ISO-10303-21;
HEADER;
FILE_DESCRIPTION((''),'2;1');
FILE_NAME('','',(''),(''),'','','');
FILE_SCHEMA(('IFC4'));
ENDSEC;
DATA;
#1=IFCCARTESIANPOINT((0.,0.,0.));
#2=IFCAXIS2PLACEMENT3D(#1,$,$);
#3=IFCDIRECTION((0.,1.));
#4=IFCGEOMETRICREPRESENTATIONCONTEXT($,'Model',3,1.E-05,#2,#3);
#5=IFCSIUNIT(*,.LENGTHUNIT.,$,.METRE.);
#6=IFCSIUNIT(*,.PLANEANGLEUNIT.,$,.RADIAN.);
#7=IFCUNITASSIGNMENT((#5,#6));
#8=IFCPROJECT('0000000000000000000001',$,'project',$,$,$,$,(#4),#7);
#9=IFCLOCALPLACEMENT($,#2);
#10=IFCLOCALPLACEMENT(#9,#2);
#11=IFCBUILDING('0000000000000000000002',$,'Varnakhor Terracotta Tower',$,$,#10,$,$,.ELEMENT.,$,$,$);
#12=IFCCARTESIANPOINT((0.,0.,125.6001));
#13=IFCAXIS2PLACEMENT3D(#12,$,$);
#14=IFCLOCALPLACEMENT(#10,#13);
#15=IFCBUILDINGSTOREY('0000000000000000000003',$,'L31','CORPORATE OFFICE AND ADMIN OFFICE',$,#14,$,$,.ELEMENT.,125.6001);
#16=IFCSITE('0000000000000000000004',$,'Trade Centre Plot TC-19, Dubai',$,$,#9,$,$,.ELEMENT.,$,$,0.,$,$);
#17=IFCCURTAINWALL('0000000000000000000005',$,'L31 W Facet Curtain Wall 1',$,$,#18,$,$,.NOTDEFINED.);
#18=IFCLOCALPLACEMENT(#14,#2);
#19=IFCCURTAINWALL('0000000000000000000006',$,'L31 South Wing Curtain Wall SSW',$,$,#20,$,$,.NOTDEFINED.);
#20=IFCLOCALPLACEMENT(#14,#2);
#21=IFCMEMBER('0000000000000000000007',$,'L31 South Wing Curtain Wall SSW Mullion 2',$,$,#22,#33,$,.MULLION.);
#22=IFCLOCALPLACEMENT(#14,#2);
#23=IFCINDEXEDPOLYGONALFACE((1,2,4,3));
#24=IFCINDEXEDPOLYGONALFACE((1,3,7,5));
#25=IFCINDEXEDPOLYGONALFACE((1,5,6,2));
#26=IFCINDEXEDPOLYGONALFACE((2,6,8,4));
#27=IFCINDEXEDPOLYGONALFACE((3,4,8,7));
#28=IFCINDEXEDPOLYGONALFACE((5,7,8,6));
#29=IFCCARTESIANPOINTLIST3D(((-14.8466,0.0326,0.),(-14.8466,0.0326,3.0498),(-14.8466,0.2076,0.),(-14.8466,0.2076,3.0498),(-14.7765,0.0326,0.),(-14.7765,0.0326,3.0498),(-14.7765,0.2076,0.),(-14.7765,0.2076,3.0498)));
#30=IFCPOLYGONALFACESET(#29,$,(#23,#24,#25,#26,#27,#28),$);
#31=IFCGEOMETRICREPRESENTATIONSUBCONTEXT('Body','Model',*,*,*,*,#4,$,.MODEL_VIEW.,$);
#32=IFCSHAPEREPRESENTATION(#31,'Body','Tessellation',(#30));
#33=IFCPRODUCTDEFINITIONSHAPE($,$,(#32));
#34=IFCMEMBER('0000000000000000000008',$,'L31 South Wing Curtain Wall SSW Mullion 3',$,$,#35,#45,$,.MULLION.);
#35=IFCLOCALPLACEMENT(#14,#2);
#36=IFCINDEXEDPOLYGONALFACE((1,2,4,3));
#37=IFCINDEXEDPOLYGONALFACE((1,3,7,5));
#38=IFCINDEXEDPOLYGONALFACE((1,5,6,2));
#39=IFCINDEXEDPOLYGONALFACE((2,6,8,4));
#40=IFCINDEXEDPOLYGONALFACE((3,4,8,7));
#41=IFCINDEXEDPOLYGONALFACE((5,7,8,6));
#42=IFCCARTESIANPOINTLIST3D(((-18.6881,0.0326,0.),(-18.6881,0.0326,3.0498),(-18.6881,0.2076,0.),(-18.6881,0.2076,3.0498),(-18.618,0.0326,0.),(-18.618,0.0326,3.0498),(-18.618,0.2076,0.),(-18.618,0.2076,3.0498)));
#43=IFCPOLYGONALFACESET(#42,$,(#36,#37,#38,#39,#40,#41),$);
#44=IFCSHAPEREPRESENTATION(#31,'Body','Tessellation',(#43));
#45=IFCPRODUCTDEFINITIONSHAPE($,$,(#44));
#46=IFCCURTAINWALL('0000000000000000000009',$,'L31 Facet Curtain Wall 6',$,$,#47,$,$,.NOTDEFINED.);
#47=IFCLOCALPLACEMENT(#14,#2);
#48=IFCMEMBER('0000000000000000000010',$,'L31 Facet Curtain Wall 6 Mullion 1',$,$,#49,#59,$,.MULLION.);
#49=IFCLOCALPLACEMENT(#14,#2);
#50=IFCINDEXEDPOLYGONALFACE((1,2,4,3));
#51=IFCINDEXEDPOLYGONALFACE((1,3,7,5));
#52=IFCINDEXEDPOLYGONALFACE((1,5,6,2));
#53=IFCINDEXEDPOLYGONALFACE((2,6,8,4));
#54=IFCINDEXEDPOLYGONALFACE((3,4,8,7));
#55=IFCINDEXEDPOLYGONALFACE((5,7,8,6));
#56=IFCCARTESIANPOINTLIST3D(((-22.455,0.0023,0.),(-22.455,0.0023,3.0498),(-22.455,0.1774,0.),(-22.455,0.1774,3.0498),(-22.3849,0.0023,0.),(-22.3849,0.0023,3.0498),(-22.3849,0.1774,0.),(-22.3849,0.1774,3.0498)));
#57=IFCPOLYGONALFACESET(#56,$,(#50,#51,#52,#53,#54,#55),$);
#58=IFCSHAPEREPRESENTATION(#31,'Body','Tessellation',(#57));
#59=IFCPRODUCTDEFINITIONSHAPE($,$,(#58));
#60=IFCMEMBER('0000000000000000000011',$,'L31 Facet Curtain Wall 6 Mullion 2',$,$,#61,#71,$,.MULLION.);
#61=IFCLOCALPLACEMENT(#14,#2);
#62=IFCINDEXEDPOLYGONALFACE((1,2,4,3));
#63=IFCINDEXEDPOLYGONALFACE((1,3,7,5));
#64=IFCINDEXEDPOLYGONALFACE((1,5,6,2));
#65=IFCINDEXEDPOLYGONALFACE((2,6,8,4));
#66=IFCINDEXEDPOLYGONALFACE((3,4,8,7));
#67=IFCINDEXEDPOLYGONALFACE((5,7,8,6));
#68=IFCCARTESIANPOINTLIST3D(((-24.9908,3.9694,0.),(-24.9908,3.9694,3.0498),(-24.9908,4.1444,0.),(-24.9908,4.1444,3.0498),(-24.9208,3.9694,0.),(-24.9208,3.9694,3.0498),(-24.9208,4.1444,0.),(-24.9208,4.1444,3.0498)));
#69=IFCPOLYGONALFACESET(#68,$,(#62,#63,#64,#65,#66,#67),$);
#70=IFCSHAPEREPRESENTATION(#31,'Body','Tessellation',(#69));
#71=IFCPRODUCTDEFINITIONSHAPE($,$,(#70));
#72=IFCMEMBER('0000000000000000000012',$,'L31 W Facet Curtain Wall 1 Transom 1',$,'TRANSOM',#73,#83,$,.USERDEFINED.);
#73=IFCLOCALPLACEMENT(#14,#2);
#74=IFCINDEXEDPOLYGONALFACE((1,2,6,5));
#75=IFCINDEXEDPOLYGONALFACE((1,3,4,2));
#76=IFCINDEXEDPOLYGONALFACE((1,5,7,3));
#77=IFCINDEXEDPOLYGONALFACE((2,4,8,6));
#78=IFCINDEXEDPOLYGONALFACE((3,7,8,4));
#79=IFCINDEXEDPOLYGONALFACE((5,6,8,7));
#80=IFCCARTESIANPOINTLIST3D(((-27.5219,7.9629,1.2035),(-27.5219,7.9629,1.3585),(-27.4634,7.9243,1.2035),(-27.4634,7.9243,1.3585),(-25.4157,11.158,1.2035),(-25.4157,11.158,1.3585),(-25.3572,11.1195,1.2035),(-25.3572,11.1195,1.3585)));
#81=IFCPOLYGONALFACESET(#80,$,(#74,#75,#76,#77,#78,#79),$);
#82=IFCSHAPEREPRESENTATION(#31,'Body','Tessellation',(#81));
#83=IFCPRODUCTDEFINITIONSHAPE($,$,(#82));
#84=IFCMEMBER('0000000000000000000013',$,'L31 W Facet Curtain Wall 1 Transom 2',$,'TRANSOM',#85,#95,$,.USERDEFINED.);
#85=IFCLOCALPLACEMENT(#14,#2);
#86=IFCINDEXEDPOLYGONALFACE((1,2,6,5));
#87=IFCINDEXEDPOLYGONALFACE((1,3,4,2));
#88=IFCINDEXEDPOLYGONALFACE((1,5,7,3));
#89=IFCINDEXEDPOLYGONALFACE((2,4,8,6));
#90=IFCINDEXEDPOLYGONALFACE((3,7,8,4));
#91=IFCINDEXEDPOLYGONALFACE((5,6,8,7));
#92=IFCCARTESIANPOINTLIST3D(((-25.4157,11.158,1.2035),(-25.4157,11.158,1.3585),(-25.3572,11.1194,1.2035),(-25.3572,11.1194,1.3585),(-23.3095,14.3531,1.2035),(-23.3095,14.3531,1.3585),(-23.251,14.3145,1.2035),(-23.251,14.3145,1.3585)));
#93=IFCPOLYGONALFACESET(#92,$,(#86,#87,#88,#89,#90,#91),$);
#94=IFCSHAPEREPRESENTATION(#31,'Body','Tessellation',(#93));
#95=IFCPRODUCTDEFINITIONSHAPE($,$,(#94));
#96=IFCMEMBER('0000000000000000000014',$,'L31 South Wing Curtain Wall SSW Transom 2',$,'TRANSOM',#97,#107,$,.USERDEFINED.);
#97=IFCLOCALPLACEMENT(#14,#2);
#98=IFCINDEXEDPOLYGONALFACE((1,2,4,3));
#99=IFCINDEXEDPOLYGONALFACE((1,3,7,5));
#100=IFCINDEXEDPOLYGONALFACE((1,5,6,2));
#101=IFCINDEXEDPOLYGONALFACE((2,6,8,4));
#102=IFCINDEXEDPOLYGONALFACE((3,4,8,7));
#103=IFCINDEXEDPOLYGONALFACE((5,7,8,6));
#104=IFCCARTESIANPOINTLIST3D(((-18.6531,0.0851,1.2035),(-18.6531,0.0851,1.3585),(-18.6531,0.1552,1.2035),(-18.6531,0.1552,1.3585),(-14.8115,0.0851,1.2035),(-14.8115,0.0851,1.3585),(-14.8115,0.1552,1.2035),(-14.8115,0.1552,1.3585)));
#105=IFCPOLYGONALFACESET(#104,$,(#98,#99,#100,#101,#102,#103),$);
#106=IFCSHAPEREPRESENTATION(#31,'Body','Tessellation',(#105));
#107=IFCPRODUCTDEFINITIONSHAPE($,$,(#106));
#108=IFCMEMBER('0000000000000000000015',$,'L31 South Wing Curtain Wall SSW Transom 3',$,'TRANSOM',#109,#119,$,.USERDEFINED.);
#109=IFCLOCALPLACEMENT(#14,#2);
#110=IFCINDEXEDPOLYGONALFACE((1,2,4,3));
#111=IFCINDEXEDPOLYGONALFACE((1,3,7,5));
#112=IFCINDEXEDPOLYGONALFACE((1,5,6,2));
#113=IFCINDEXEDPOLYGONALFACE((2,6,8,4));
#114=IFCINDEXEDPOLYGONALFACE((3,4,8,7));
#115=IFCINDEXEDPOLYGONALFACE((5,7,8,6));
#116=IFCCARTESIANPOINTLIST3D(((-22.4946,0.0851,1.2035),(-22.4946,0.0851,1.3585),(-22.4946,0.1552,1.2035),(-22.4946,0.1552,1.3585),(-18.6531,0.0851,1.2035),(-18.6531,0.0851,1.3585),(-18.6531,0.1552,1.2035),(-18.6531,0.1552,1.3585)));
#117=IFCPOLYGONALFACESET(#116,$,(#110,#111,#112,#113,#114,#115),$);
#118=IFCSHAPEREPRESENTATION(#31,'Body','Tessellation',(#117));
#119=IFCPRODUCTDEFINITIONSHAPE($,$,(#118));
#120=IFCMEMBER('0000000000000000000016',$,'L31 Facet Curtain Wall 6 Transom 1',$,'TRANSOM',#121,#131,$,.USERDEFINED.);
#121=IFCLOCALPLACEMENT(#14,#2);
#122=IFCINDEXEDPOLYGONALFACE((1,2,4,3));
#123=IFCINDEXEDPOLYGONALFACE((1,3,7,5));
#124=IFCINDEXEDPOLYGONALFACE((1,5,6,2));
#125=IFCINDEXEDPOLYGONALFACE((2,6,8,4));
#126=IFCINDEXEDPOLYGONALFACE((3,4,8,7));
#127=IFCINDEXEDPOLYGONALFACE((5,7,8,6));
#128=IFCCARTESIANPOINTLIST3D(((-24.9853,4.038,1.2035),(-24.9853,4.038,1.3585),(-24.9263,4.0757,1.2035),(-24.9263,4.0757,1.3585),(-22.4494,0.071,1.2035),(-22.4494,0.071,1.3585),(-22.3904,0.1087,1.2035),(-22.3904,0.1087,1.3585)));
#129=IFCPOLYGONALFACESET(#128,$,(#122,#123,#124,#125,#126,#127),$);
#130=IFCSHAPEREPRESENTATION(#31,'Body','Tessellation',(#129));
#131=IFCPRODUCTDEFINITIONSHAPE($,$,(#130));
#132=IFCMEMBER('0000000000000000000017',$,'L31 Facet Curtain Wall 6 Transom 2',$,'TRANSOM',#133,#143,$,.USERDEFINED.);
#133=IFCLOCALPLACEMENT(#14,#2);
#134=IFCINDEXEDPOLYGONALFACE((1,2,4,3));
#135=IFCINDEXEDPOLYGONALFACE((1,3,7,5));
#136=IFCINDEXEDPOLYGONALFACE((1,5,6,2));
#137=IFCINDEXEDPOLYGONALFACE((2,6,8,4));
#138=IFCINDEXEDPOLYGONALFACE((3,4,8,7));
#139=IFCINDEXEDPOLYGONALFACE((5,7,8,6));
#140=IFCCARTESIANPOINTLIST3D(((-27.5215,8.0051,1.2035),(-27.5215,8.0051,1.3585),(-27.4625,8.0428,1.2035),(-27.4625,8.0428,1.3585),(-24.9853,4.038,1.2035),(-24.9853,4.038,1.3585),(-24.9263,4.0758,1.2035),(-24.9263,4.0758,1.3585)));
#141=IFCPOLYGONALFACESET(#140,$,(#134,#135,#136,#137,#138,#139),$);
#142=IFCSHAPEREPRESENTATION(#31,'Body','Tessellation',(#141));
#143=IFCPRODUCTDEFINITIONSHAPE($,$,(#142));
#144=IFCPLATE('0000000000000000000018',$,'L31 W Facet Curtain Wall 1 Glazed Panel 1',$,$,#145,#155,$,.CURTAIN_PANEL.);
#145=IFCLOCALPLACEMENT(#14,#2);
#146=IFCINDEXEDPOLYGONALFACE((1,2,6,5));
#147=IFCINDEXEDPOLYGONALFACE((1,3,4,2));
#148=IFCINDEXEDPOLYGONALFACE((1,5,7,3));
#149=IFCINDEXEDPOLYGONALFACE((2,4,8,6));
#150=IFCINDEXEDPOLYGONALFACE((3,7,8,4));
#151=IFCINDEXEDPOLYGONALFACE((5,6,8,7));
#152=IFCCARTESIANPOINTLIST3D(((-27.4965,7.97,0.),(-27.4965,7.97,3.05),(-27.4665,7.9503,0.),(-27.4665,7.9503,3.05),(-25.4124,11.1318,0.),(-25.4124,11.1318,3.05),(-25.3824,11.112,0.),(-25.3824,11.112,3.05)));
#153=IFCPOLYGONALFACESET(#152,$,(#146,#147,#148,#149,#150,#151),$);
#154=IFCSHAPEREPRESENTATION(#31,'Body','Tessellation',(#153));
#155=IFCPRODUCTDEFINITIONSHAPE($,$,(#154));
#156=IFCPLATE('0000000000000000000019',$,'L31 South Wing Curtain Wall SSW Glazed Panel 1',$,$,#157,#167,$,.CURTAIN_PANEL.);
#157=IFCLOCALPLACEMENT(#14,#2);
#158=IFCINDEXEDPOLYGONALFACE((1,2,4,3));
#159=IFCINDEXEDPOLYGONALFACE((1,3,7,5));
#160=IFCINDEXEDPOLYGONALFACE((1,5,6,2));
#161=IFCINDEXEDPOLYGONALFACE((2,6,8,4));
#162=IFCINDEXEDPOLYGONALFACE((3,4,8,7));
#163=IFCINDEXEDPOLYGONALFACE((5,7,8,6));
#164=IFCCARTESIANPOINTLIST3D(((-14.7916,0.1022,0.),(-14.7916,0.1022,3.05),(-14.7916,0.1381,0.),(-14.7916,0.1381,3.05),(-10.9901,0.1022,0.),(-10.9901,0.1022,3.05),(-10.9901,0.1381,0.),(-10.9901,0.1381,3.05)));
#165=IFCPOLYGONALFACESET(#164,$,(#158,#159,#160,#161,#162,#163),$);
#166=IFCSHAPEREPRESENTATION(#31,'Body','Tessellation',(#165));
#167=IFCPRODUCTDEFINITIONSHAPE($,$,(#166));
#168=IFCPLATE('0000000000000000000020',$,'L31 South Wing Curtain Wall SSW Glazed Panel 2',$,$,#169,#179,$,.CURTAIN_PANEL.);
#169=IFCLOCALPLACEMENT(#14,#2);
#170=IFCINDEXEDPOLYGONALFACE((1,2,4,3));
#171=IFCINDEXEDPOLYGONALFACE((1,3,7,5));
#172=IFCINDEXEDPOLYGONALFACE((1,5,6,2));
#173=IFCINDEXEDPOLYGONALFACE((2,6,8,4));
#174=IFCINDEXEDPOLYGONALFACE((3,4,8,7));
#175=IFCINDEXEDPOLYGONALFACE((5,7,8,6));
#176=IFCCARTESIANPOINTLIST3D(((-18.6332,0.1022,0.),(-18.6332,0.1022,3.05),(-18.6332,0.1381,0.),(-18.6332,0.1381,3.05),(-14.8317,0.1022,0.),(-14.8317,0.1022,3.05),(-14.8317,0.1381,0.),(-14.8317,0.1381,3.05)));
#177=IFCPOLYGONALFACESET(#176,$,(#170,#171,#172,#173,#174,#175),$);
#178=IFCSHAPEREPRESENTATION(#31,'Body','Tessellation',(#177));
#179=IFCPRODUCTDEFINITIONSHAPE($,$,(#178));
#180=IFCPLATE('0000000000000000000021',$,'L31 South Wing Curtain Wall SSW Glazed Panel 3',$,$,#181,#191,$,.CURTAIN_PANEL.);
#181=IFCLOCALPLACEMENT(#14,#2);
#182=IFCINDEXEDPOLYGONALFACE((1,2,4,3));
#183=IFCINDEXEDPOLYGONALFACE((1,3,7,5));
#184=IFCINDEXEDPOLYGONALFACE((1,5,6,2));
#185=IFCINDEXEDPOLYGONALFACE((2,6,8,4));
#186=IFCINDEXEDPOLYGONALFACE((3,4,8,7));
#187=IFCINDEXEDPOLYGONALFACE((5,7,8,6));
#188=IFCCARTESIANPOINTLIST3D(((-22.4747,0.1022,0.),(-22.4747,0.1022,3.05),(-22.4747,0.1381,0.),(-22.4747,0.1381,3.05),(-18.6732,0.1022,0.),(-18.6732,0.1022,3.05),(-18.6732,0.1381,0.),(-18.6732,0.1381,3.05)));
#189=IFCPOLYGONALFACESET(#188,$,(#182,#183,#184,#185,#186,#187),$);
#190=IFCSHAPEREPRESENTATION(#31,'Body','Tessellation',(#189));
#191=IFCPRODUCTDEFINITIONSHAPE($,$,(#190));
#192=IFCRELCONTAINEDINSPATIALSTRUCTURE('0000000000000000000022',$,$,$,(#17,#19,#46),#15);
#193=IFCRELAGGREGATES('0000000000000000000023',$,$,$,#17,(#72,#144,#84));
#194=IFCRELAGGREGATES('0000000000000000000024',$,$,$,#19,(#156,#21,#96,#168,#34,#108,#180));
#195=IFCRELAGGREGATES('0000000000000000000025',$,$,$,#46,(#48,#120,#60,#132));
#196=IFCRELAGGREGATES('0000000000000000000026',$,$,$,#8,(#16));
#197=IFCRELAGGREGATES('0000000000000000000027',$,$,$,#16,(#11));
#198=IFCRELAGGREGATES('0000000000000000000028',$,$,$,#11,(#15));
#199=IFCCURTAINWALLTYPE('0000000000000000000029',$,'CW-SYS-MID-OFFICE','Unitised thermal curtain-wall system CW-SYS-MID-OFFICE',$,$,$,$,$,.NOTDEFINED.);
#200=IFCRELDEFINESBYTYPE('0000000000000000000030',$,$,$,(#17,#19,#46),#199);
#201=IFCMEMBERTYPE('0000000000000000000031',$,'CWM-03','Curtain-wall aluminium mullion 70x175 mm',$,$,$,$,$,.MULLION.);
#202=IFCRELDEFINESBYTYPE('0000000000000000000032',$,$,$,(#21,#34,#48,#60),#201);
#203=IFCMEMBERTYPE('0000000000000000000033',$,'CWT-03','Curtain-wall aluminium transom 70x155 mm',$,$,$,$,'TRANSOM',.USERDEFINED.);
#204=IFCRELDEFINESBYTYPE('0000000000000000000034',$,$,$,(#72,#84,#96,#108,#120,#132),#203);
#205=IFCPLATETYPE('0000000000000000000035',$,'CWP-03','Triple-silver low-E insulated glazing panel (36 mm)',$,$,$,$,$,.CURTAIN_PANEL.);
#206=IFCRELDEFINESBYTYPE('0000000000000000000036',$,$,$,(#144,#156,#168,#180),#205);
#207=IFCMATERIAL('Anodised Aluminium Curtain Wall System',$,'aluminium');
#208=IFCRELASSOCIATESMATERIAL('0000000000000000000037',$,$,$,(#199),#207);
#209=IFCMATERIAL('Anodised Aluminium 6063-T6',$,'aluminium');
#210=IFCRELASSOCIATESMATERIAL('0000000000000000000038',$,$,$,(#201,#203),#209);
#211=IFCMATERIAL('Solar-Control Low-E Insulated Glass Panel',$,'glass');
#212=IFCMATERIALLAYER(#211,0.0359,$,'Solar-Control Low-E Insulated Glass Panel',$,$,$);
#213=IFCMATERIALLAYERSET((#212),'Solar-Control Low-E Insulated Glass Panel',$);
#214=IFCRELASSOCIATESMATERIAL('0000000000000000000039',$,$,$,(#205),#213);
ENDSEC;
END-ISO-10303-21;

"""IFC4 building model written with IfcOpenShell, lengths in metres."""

from ifc_helpers import new_model, si_unit, direction, frame, origin, origin_2d, place, context, subcontext, project, spatial, rectangle, extrude, source, transform, mapped, material, layer, layer_set, material_profile, profile_set, type_object, type_shapes, element, aggregate, save


model = new_model("IFC4")

# Units and contexts
model_context = context("Model", 3, precision=1e-05, world=origin(), true_north=direction((0.0, 1.0)))
body_context = subcontext(model_context, "Body", "Model", "MODEL_VIEW")
ifc_project = project(units=[si_unit("LENGTHUNIT", "METRE"), si_unit("PLANEANGLEUNIT", "RADIAN")], contexts=[model_context])

# Site, building, storey
site_placement = place(None, origin())
site = spatial("IfcSite", under=ifc_project, at=site_placement, Name="Trade Centre Plot TC-19, Dubai", CompositionType="ELEMENT", RefElevation=0.0)
building_placement = place(site_placement, origin())
building = spatial("IfcBuilding", under=site, at=building_placement, Name="Varnakhor Terracotta Tower", CompositionType="ELEMENT")
storey_placement = place(building_placement, frame((0.0, 0.0, 125.6001)))
storey = spatial("IfcBuildingStorey", under=building, at=storey_placement, Name="L31", Description="CORPORATE OFFICE AND ADMIN OFFICE", CompositionType="ELEMENT", Elevation=125.6001)

# Curtain walls, members
ifc_material_1 = material(Name="Anodised Aluminium Curtain Wall System", Category="aluminium")
curtain_wall_type = type_object("IfcCurtainWallType", Name="CW-SYS-MID-OFFICE", Description="Unitised thermal curtain-wall system CW-SYS-MID-OFFICE", PredefinedType="NOTDEFINED", material=ifc_material_1)
curtain_wall_1_placement = place(storey_placement, origin())
curtain_wall_1 = element("IfcCurtainWall", 1, at=curtain_wall_1_placement, inside=storey, type_object=curtain_wall_type, Name="L31 W Facet Curtain Wall 1", PredefinedType="NOTDEFINED")
ifc_material_2 = material(Name="Anodised Aluminium 6063-T6", Category="aluminium")
ifc_material_profile_1 = material_profile(ifc_material_2, rectangle(XDim=0.0701, YDim=0.175, at=origin_2d()), Name="ALU MULLION 70x175")
ifc_profile_set_1 = profile_set([ifc_material_profile_1], Name="Anodised Aluminium 6063-T6")
member_type_1 = type_object("IfcMemberType", Name="CWM-03", Description="Curtain-wall aluminium mullion 70x175 mm", PredefinedType="MULLION", material=ifc_profile_set_1)
shared_shape_1 = source(origin(), body_context, "Body", "SweptSolid", [
    extrude(rectangle(XDim=0.0701, YDim=0.175, at=origin_2d()), origin(), (0.0, 0.0, 1.0), 3.0498),
])
type_shapes(member_type_1, [shared_shape_1])
curtain_wall_2_placement = place(storey_placement, origin())
curtain_wall_2 = element("IfcCurtainWall", 2, at=curtain_wall_2_placement, inside=storey, type_object=curtain_wall_type, Name="L31 South Wing Curtain Wall SSW", PredefinedType="NOTDEFINED")
member_1_placement = place(storey_placement, frame((-14.8115, 0.1201, 0.0), z_axis=(0.0, 0.0, 1.0), x_axis=(1.0, 0.0, 0.0)))
member_1 = element("IfcMember", 3, at=member_1_placement, type_object=member_type_1, Name="L31 South Wing Curtain Wall SSW Mullion 2", PredefinedType="MULLION", context=body_context, shape_type="MappedRepresentation", body=[
    mapped(shared_shape_1, transform((0.0, 0.0, 0.0), scale=1.0)),
])
member_2_placement = place(storey_placement, frame((-18.6531, 0.1201, 0.0), z_axis=(0.0, 0.0, 1.0), x_axis=(1.0, 0.0, 0.0)))
member_2 = element("IfcMember", 4, at=member_2_placement, type_object=member_type_1, Name="L31 South Wing Curtain Wall SSW Mullion 3", PredefinedType="MULLION", context=body_context, shape_type="MappedRepresentation", body=[
    mapped(shared_shape_1, transform((0.0, 0.0, 0.0), scale=1.0)),
])
curtain_wall_3_placement = place(storey_placement, origin())
curtain_wall_3 = element("IfcCurtainWall", 5, at=curtain_wall_3_placement, inside=storey, type_object=curtain_wall_type, Name="L31 Facet Curtain Wall 6", PredefinedType="NOTDEFINED")
member_3_placement = place(storey_placement, frame((-22.4199, 0.0898, 0.0), z_axis=(0.0, 0.0, 1.0), x_axis=(1.0, 0.0, 0.0)))
member_3 = element("IfcMember", 6, at=member_3_placement, type_object=member_type_1, Name="L31 Facet Curtain Wall 6 Mullion 1", PredefinedType="MULLION", context=body_context, shape_type="MappedRepresentation", body=[
    mapped(shared_shape_1, transform((0.0, 0.0, 0.0), scale=1.0)),
])
member_4_placement = place(storey_placement, frame((-24.9558, 4.0569, 0.0), z_axis=(0.0, 0.0, 1.0), x_axis=(1.0, 0.0, 0.0)))
member_4 = element("IfcMember", 7, at=member_4_placement, type_object=member_type_1, Name="L31 Facet Curtain Wall 6 Mullion 2", PredefinedType="MULLION", context=body_context, shape_type="MappedRepresentation", body=[
    mapped(shared_shape_1, transform((0.0, 0.0, 0.0), scale=1.0)),
])

# Members
ifc_material_profile_2 = material_profile(ifc_material_2, rectangle(XDim=0.0701, YDim=0.155, at=origin_2d()), Name="ALU TRANSOM 70x155")
ifc_profile_set_2 = profile_set([ifc_material_profile_2], Name="Anodised Aluminium 6063-T6")
member_type_2 = type_object("IfcMemberType", Name="CWT-03", Description="Curtain-wall aluminium transom 70x155 mm", ElementType="TRANSOM", PredefinedType="USERDEFINED", material=ifc_profile_set_2)
shared_shape_2 = source(origin(), body_context, "Body", "SweptSolid", [
    extrude(rectangle(XDim=0.0701, YDim=0.155, at=origin_2d()), origin(), (0.0, 0.0, 1.0), 3.8269),
])
type_shapes(member_type_2, [shared_shape_2])
member_5_placement = place(storey_placement, frame((-27.4927, 7.9436, 1.281), z_axis=(0.550379, 0.834915, 0.0), x_axis=(-0.834915, 0.550379, 0.0)))
member_5 = element("IfcMember", 8, at=member_5_placement, type_object=member_type_2, Name="L31 W Facet Curtain Wall 1 Transom 1", ObjectType="TRANSOM", PredefinedType="USERDEFINED", context=body_context, shape_type="MappedRepresentation", body=[
    mapped(shared_shape_2, transform((0.0, 0.0, 0.0), scale=1.0)),
])
member_6_placement = place(storey_placement, frame((-25.3865, 11.1387, 1.281), z_axis=(0.550379, 0.834915, 0.0), x_axis=(-0.834915, 0.550379, 0.0)))
member_6 = element("IfcMember", 9, at=member_6_placement, type_object=member_type_2, Name="L31 W Facet Curtain Wall 1 Transom 2", ObjectType="TRANSOM", PredefinedType="USERDEFINED", context=body_context, shape_type="MappedRepresentation", body=[
    mapped(shared_shape_2, transform((0.0, 0.0, 0.0), scale=1.0)),
])
shared_shape_3 = source(origin(), body_context, "Body", "SweptSolid", [
    extrude(rectangle(XDim=0.0701, YDim=0.155, at=origin_2d()), origin(), (0.0, 0.0, 1.0), 3.8416),
])
member_7_placement = place(storey_placement, frame((-14.8115, 0.1201, 1.281), z_axis=(-1.0, 0.0, 0.0), x_axis=(0.0, -1.0, 0.0)))
member_7 = element("IfcMember", 10, at=member_7_placement, type_object=member_type_2, Name="L31 South Wing Curtain Wall SSW Transom 2", ObjectType="TRANSOM", PredefinedType="USERDEFINED", context=body_context, shape_type="MappedRepresentation", body=[
    mapped(shared_shape_3, transform((0.0, 0.0, 0.0), scale=1.0)),
])
member_8_placement = place(storey_placement, frame((-18.6531, 0.1201, 1.281), z_axis=(-1.0, 0.0, 0.0), x_axis=(0.0, -1.0, 0.0)))
member_8 = element("IfcMember", 11, at=member_8_placement, type_object=member_type_2, Name="L31 South Wing Curtain Wall SSW Transom 3", ObjectType="TRANSOM", PredefinedType="USERDEFINED", context=body_context, shape_type="MappedRepresentation", body=[
    mapped(shared_shape_3, transform((0.0, 0.0, 0.0), scale=1.0)),
])
shared_shape_4 = source(origin(), body_context, "Body", "SweptSolid", [
    extrude(rectangle(XDim=0.0701, YDim=0.155, at=origin_2d()), origin(), (0.0, 0.0, 1.0), 4.7083),
])
member_9_placement = place(storey_placement, frame((-22.4199, 0.0898, 1.281), z_axis=(-0.538599, 0.842562, 0.0), x_axis=(-0.842562, -0.538599, 0.0)))
member_9 = element("IfcMember", 12, at=member_9_placement, type_object=member_type_2, Name="L31 Facet Curtain Wall 6 Transom 1", ObjectType="TRANSOM", PredefinedType="USERDEFINED", context=body_context, shape_type="MappedRepresentation", body=[
    mapped(shared_shape_4, transform((0.0, 0.0, 0.0), scale=1.0)),
])
shared_shape_5 = source(origin(), body_context, "Body", "SweptSolid", [
    extrude(rectangle(XDim=0.0701, YDim=0.155, at=origin_2d()), origin(), (0.0, 0.0, 1.0), 4.7085),
])
member_10_placement = place(storey_placement, frame((-24.9558, 4.0569, 1.281), z_axis=(-0.538636, 0.842539, 0.0), x_axis=(-0.842539, -0.538636, 0.0)))
member_10 = element("IfcMember", 13, at=member_10_placement, type_object=member_type_2, Name="L31 Facet Curtain Wall 6 Transom 2", ObjectType="TRANSOM", PredefinedType="USERDEFINED", context=body_context, shape_type="MappedRepresentation", body=[
    mapped(shared_shape_5, transform((0.0, 0.0, 0.0), scale=1.0)),
])

# Plates
ifc_material_3 = material(Name="Solar-Control Low-E Insulated Glass Panel", Category="glass")
ifc_layer_1 = layer(ifc_material_3, 0.0359, Name="Solar-Control Low-E Insulated Glass Panel")
ifc_layer_set_1 = layer_set([ifc_layer_1], Name="Solar-Control Low-E Insulated Glass Panel")
plate_type = type_object("IfcPlateType", Name="CWP-03", Description="Triple-silver low-E insulated glazing panel (36 mm)", PredefinedType="CURTAIN_PANEL", material=ifc_layer_set_1)
shared_shape_6 = source(origin(), body_context, "Body", "SweptSolid", [
    extrude(rectangle(XDim=3.7869, YDim=0.0359, at=origin_2d()), origin(), (0.0, 0.0, 1.0), 3.05),
])
type_shapes(plate_type, [shared_shape_6])
plate_1_placement = place(storey_placement, frame((-26.4395, 9.541, 0.0), z_axis=(0.0, 0.0, 1.0), x_axis=(0.550364, 0.834925, 0.0)))
plate_1 = element("IfcPlate", 14, at=plate_1_placement, type_object=plate_type, Name="L31 W Facet Curtain Wall 1 Glazed Panel 1", PredefinedType="CURTAIN_PANEL", context=body_context, shape_type="MappedRepresentation", body=[
    mapped(shared_shape_6, transform((0.0, 0.0, 0.0), scale=1.0)),
])
aggregate(curtain_wall_1, [member_5, plate_1, member_6])
shared_shape_7 = source(origin(), body_context, "Body", "SweptSolid", [
    extrude(rectangle(XDim=3.8015, YDim=0.0359, at=origin_2d()), origin(), (0.0, 0.0, 1.0), 3.05),
])
plate_2_placement = place(storey_placement, frame((-12.8909, 0.1201, 0.0), z_axis=(0.0, 0.0, 1.0), x_axis=(-1.0, 0.0, 0.0)))
plate_2 = element("IfcPlate", 15, at=plate_2_placement, type_object=plate_type, Name="L31 South Wing Curtain Wall SSW Glazed Panel 1", PredefinedType="CURTAIN_PANEL", context=body_context, shape_type="MappedRepresentation", body=[
    mapped(shared_shape_7, transform((0.0, 0.0, 0.0), scale=1.0)),
])
plate_3_placement = place(storey_placement, frame((-16.7324, 0.1201, 0.0), z_axis=(0.0, 0.0, 1.0), x_axis=(-1.0, 0.0, 0.0)))
plate_3 = element("IfcPlate", 16, at=plate_3_placement, type_object=plate_type, Name="L31 South Wing Curtain Wall SSW Glazed Panel 2", PredefinedType="CURTAIN_PANEL", context=body_context, shape_type="MappedRepresentation", body=[
    mapped(shared_shape_7, transform((0.0, 0.0, 0.0), scale=1.0)),
])
plate_4_placement = place(storey_placement, frame((-20.574, 0.1201, 0.0), z_axis=(0.0, 0.0, 1.0), x_axis=(-1.0, 0.0, 0.0)))
plate_4 = element("IfcPlate", 17, at=plate_4_placement, type_object=plate_type, Name="L31 South Wing Curtain Wall SSW Glazed Panel 3", PredefinedType="CURTAIN_PANEL", context=body_context, shape_type="MappedRepresentation", body=[
    mapped(shared_shape_7, transform((0.0, 0.0, 0.0), scale=1.0)),
])
aggregate(curtain_wall_2, [plate_2, member_1, member_7, plate_3, member_2, member_8, plate_4])
aggregate(curtain_wall_3, [member_3, member_9, member_4, member_10])

save(model, "model.ifc")
